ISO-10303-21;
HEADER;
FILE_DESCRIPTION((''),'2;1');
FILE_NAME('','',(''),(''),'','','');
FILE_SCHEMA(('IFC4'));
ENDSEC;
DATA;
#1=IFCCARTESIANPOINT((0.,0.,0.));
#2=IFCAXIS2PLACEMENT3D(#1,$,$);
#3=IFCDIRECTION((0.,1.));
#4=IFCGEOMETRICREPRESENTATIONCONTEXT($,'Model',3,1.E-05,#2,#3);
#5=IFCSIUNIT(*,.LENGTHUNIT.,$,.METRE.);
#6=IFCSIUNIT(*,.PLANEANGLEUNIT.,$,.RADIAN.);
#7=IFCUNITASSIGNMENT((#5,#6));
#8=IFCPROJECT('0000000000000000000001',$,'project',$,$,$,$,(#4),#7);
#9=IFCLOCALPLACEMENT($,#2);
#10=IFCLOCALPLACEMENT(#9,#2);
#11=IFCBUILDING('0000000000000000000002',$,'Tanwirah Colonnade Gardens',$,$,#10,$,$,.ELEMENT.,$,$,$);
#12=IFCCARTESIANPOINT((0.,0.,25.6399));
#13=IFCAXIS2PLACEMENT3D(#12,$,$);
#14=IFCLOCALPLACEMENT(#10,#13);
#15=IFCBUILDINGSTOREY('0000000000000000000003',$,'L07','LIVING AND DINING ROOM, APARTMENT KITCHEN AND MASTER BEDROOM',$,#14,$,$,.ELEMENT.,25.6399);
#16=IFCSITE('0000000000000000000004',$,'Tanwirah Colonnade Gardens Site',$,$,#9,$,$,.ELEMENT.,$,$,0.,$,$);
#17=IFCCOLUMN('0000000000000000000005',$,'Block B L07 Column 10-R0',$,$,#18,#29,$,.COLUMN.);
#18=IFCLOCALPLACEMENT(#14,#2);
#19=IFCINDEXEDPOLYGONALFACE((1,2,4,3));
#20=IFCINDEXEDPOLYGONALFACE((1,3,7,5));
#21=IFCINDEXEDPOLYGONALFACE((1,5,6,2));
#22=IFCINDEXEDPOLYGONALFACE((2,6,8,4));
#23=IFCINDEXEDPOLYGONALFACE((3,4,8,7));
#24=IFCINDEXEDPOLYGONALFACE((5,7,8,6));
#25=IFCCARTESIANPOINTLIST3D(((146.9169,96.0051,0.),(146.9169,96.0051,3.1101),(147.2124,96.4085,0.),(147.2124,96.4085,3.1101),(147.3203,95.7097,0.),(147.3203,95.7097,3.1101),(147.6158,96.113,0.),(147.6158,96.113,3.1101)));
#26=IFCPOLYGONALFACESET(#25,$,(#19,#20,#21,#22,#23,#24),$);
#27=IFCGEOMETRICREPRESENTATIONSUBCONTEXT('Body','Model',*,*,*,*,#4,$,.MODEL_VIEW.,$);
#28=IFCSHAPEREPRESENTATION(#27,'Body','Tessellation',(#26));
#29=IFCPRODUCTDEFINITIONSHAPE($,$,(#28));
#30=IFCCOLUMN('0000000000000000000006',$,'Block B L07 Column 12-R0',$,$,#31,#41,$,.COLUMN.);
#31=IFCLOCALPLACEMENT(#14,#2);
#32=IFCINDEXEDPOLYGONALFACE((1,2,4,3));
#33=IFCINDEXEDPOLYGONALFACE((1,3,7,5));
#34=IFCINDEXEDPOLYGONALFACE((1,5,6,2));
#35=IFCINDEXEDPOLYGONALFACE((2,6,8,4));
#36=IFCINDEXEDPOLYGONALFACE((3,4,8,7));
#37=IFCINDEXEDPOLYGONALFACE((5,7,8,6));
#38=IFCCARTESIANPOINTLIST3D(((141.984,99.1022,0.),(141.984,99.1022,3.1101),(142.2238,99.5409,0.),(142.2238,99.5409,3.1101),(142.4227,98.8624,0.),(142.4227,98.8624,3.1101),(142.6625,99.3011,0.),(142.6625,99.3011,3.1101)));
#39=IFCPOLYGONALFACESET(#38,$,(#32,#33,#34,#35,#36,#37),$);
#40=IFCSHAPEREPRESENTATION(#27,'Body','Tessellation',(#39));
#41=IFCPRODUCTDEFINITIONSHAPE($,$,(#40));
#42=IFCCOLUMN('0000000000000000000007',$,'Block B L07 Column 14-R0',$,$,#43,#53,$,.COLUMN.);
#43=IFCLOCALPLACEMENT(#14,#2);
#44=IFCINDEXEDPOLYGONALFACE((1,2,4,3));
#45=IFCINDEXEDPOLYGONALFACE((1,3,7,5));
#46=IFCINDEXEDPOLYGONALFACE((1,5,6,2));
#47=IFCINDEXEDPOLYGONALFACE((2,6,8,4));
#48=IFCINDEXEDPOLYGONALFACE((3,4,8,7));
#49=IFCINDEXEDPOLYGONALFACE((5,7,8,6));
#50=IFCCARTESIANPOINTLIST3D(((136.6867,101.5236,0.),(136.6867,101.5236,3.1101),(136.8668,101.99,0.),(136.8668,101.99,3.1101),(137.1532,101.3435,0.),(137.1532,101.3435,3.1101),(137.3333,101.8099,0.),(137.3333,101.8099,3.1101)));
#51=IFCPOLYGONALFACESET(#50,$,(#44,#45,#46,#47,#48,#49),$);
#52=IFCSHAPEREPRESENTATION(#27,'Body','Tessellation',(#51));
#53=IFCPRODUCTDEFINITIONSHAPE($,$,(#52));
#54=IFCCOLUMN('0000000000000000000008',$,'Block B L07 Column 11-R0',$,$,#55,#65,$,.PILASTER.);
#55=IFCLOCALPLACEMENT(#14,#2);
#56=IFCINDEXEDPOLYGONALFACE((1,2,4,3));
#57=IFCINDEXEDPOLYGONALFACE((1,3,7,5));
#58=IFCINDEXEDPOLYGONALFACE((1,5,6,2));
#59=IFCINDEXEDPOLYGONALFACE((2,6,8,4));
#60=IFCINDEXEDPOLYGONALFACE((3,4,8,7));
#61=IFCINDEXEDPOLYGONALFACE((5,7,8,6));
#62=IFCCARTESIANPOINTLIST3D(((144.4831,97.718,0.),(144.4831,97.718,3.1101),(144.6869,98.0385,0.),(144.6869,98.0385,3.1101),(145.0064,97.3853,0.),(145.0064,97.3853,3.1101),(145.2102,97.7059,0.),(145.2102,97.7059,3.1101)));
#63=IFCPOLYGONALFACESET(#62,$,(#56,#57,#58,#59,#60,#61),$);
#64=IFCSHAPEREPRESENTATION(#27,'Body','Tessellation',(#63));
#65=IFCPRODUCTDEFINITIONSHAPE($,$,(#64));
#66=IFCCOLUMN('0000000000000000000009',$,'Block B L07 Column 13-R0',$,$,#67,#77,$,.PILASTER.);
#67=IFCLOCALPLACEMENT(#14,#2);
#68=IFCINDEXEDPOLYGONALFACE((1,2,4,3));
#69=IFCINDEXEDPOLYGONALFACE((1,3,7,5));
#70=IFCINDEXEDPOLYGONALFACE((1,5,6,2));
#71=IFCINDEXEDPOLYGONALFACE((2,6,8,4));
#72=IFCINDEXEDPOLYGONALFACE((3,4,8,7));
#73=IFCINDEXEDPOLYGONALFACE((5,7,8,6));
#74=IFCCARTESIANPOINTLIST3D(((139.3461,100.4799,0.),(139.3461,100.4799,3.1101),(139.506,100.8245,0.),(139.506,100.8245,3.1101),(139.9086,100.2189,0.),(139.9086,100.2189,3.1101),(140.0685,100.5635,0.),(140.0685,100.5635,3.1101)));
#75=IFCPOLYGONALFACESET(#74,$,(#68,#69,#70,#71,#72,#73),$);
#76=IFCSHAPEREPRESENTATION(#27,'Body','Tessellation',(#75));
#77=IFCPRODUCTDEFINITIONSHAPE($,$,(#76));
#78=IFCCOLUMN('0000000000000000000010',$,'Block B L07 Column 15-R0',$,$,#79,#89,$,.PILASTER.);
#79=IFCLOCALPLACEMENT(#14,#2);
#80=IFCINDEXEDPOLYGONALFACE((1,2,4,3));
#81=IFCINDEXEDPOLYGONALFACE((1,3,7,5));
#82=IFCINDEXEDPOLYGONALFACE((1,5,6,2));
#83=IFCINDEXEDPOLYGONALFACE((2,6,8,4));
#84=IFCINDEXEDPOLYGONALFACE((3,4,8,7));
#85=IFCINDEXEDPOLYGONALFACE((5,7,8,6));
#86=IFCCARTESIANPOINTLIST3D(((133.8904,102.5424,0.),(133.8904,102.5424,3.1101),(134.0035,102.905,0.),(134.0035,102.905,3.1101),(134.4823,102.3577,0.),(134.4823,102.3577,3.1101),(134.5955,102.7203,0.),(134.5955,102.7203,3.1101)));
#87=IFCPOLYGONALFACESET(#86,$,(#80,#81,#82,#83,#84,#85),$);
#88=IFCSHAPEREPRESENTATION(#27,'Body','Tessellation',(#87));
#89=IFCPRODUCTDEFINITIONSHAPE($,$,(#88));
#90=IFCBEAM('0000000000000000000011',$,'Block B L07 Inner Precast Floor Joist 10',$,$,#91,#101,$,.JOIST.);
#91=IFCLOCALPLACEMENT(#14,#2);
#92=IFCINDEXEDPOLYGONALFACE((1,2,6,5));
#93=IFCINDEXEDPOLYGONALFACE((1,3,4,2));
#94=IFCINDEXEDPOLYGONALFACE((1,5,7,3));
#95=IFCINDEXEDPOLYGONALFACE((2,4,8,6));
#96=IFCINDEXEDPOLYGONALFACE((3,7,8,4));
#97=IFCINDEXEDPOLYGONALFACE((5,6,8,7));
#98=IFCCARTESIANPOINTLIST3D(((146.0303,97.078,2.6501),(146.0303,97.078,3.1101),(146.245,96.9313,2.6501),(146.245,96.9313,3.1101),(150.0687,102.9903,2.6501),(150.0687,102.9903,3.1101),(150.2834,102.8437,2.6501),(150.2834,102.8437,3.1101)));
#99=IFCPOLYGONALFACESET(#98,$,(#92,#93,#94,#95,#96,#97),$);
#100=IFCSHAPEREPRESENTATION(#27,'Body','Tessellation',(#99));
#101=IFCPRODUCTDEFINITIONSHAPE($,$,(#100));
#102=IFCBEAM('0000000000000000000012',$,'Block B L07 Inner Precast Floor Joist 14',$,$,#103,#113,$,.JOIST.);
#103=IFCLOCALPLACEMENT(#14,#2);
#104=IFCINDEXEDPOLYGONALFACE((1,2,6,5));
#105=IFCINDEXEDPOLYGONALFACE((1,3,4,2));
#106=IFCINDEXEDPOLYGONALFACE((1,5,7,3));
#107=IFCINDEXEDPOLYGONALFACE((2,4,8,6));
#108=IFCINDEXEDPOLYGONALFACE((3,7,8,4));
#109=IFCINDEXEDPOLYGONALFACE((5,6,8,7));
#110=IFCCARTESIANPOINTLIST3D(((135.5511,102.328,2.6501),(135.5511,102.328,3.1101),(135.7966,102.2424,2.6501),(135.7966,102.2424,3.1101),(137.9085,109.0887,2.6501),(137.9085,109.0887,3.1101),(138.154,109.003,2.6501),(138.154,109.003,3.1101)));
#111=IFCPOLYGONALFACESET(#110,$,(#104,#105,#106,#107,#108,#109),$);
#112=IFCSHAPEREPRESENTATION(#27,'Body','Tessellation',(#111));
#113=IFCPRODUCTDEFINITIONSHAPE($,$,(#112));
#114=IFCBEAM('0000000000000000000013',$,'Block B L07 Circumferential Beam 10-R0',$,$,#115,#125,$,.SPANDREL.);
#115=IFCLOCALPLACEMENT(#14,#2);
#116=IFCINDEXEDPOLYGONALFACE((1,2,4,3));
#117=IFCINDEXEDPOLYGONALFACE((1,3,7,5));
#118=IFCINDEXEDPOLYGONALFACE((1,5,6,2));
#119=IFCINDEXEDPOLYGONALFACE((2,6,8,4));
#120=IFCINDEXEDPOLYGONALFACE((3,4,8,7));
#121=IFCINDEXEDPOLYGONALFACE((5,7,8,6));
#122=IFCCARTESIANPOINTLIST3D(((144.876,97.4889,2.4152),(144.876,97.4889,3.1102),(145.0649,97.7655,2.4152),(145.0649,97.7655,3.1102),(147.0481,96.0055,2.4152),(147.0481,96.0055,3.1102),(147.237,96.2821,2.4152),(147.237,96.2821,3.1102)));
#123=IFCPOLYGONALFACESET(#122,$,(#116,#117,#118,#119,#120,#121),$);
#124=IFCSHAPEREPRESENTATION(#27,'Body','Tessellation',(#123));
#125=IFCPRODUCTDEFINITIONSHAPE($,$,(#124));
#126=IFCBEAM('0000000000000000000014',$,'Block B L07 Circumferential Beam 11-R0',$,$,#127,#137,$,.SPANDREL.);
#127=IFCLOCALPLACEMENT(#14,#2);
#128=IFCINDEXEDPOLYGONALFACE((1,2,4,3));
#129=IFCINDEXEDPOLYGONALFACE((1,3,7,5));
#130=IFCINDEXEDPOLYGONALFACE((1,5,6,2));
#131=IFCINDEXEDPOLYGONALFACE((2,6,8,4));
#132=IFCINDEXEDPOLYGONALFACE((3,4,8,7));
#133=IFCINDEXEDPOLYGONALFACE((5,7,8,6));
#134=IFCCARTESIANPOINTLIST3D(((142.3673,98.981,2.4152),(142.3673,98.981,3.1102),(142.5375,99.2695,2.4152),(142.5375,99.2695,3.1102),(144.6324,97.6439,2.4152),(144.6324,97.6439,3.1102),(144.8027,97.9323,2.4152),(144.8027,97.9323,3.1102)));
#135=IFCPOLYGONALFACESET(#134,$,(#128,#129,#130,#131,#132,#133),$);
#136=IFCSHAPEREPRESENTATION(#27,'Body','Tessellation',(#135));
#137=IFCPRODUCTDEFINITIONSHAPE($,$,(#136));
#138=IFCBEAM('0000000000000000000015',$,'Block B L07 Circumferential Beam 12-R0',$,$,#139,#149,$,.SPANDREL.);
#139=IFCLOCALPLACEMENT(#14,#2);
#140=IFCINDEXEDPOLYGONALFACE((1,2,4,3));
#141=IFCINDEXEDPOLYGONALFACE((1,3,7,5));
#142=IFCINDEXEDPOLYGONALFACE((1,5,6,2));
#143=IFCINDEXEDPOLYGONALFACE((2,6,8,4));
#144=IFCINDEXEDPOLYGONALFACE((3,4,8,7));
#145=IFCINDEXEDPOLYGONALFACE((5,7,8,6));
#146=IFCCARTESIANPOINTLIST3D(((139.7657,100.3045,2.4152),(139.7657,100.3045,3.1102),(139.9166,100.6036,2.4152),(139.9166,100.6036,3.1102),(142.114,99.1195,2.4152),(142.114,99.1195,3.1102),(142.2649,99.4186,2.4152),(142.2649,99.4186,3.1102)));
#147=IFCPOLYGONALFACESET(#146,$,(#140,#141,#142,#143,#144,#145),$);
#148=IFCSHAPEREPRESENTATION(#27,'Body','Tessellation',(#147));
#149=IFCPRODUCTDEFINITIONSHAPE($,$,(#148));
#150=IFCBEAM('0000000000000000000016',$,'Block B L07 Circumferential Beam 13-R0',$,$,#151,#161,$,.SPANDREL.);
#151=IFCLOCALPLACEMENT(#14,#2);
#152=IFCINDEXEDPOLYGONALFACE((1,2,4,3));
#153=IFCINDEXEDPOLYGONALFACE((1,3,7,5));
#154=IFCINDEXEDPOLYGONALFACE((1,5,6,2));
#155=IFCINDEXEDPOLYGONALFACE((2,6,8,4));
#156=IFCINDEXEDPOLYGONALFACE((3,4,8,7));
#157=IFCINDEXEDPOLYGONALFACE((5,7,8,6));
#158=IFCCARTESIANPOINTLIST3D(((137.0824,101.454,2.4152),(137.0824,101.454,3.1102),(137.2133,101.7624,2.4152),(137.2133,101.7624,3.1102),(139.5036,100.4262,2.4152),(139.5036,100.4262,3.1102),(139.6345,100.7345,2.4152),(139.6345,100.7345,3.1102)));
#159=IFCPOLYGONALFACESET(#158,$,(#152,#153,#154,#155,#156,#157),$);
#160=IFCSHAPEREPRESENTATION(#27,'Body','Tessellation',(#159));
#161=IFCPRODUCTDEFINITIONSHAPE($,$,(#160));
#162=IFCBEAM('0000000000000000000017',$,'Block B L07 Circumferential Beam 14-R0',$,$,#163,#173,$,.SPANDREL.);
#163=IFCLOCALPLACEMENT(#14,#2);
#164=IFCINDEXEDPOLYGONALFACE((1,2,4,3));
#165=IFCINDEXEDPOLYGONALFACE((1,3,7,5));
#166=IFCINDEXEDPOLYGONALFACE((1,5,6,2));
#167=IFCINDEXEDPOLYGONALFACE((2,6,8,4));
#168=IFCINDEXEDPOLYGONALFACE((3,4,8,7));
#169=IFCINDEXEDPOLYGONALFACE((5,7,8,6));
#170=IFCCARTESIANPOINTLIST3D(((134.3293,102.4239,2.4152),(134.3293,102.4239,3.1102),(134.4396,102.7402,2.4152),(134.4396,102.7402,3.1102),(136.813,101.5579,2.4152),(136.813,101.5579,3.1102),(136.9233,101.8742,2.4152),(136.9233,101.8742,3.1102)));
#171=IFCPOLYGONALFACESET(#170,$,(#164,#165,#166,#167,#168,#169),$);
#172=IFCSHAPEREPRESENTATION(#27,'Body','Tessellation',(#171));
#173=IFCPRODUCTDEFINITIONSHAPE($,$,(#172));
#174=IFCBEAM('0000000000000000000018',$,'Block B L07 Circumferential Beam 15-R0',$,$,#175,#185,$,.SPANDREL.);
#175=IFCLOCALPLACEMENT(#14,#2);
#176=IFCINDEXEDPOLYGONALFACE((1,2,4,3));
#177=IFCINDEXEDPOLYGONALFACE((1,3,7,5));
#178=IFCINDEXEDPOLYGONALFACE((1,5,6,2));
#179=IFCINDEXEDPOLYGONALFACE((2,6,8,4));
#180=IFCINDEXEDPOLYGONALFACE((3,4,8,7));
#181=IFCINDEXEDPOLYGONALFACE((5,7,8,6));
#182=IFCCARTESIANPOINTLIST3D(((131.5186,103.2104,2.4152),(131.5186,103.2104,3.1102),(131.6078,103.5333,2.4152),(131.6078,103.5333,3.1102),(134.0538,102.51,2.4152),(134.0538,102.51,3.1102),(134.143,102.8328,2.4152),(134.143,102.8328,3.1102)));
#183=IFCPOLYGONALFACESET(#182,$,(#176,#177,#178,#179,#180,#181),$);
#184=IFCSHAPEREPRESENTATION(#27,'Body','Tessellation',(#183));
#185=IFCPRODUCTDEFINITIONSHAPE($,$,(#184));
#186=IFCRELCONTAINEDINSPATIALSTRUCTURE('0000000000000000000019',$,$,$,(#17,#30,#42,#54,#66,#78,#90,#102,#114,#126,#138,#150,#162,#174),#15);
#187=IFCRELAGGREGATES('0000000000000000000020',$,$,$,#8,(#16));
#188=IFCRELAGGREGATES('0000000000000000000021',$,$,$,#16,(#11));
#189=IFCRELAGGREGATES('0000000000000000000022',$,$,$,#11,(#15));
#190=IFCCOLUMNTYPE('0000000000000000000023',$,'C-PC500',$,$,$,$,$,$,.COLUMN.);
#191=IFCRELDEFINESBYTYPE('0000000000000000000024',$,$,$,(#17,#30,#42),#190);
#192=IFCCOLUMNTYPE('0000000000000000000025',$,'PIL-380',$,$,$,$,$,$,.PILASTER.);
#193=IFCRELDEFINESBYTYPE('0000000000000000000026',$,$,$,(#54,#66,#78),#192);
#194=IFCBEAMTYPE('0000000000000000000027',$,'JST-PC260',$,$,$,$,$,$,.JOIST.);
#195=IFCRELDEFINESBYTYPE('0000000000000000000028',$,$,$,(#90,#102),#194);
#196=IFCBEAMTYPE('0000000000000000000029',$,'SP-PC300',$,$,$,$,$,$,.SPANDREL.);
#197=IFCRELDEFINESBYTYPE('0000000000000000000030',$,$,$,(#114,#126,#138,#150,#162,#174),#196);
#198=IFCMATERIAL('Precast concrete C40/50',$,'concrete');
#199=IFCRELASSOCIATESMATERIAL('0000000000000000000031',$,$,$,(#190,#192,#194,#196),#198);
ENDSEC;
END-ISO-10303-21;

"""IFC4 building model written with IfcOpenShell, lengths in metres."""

from ifc_helpers import new_model, si_unit, direction, frame, origin, origin_2d, place, context, subcontext, project, spatial, rectangle, extrude, material, material_profile, profile_set, type_object, element, save


model = new_model("IFC4")

# Units and contexts
model_context = context("Model", 3, precision=1e-05, world=origin(), true_north=direction((0.0, 1.0)))
body_context = subcontext(model_context, "Body", "Model", "MODEL_VIEW")
ifc_project = project(units=[si_unit("LENGTHUNIT", "METRE"), si_unit("PLANEANGLEUNIT", "RADIAN")], contexts=[model_context])

# Site, building, storey
site_placement = place(None, origin())
site = spatial("IfcSite", under=ifc_project, at=site_placement, Name="Tanwirah Colonnade Gardens Site", CompositionType="ELEMENT", RefElevation=0.0)
building_placement = place(site_placement, origin())
building = spatial("IfcBuilding", under=site, at=building_placement, Name="Tanwirah Colonnade Gardens", CompositionType="ELEMENT")
storey_placement = place(building_placement, frame((0.0, 0.0, 25.6399)))
storey = spatial("IfcBuildingStorey", under=building, at=storey_placement, Name="L07", Description="LIVING AND DINING ROOM, APARTMENT KITCHEN AND MASTER BEDROOM", CompositionType="ELEMENT", Elevation=25.6399)

# Columns
ifc_material_1 = material(Name="Precast concrete C40/50", Category="concrete")
ifc_material_profile_1 = material_profile(ifc_material_1, rectangle(XDim=0.5, YDim=0.5, at=origin_2d()), Name="PC-COL 500x500")
ifc_profile_set_1 = profile_set([ifc_material_profile_1], Name="Precast concrete C40/50")
column_type_1 = type_object("IfcColumnType", Name="C-PC500", PredefinedType="COLUMN", material=ifc_profile_set_1)
for number, where, z_axis, x_axis, name in (
    (1, (147.2664, 96.0591, 0.0), (0.0, 0.0, 1.0), (0.590919, 0.806731, 0.0), "Block B L07 Column 10-R0"),
    (2, (142.3232, 99.2017, 0.0), (0.0, 0.0, 1.0), (0.479713, 0.877425, 0.0), "Block B L07 Column 12-R0"),
    (3, (137.01, 101.6667, 0.0), (0.0, 0.0, 1.0), (0.360178, 0.932884, 0.0), "Block B L07 Column 14-R0"),
):
    element("IfcColumn", number, at=place(storey_placement, frame(where, z_axis=z_axis, x_axis=x_axis)), inside=storey, type_object=column_type_1, Name=name, PredefinedType="COLUMN", context=body_context, shape_type="SweptSolid", body=[
        extrude(rectangle(XDim=0.5, YDim=0.5, at=origin_2d()), origin(), (0.0, 0.0, 1.0), 3.1101),
    ])
ifc_material_profile_2 = material_profile(ifc_material_1, rectangle(XDim=0.3799, YDim=0.6201, at=origin_2d()), Name="PC-PIL 380x620")
ifc_profile_set_2 = profile_set([ifc_material_profile_2], Name="Precast concrete C40/50")
column_type_2 = type_object("IfcColumnType", Name="PIL-380", PredefinedType="PILASTER", material=ifc_profile_set_2)
for number, where, z_axis, x_axis, name in (
    (4, (144.8467, 97.7119, 0.0), (0.0, 0.0, 1.0), (0.536482, 0.843912, 0.0), "Block B L07 Column 11-R0"),
    (5, (139.7073, 100.5217, 0.0), (0.0, 0.0, 1.0), (0.42086, 0.907126, 0.0), "Block B L07 Column 13-R0"),
    (6, (134.2429, 102.6313, 0.0), (0.0, 0.0, 1.0), (0.29793, 0.954588, 0.0), "Block B L07 Column 15-R0"),
):
    element("IfcColumn", number, at=place(storey_placement, frame(where, z_axis=z_axis, x_axis=x_axis)), inside=storey, type_object=column_type_2, Name=name, PredefinedType="PILASTER", context=body_context, shape_type="SweptSolid", body=[
        extrude(rectangle(XDim=0.3799, YDim=0.6201, at=origin_2d()), origin(), (0.0, 0.0, 1.0), 3.1101),
    ])

# Beams
ifc_material_profile_3 = material_profile(ifc_material_1, rectangle(XDim=0.26, YDim=0.46, at=origin_2d()), Name="PC-JST 260x460")
ifc_profile_set_3 = profile_set([ifc_material_profile_3], Name="Precast concrete C40/50")
beam_type_1 = type_object("IfcBeamType", Name="JST-PC260", PredefinedType="JOIST", material=ifc_profile_set_3)
for number, where, z_axis, x_axis, name in (
    (7, (146.1377, 97.0046, 2.8801), (0.564021, 0.82576, 0.0), (-0.82576, 0.564021, 0.0), "Block B L07 Inner Precast Floor Joist 10"),
    (8, (135.6738, 102.2852, 2.8801), (0.329251, 0.944243, 0.0), (-0.944243, 0.329251, 0.0), "Block B L07 Inner Precast Floor Joist 14"),
):
    element("IfcBeam", number, at=place(storey_placement, frame(where, z_axis=z_axis, x_axis=x_axis)), inside=storey, type_object=beam_type_1, Name=name, PredefinedType="JOIST", context=body_context, shape_type="SweptSolid", body=[
        extrude(rectangle(XDim=0.26, YDim=0.46, at=origin_2d()), origin(), (0.0, 0.0, 1.0), 7.1599),
    ])
ifc_material_profile_4 = material_profile(ifc_material_1, rectangle(XDim=0.335, YDim=0.6951, at=origin_2d()), Name="PC-SP 335x695")
ifc_profile_set_4 = profile_set([ifc_material_profile_4], Name="Precast concrete C40/50")
beam_type_2 = type_object("IfcBeamType", Name="SP-PC300", PredefinedType="SPANDREL", material=ifc_profile_set_4)
for number, where, z_axis, x_axis, name in (
    (9, (147.1426, 96.1438, 2.7627), (-0.825801, 0.563962, 0.0), (-0.563962, -0.825801, 0.0), "Block B L07 Circumferential Beam 10-R0"),
    (10, (144.7175, 97.7881, 2.7627), (-0.861148, 0.508354, 0.0), (-0.508354, -0.861148, 0.0), "Block B L07 Circumferential Beam 11-R0"),
    (11, (142.1895, 99.269, 2.7627), (-0.892769, 0.450515, 0.0), (-0.450515, -0.892769, 0.0), "Block B L07 Circumferential Beam 12-R0"),
    (12, (139.5691, 100.5803, 2.7627), (-0.920489, 0.390769, 0.0), (-0.390769, -0.920489, 0.0), "Block B L07 Circumferential Beam 13-R0"),
    (13, (136.8682, 101.7161, 2.7627), (-0.94425, 0.32923, 0.0), (-0.32923, -0.94425, 0.0), "Block B L07 Circumferential Beam 14-R0"),
):
    element("IfcBeam", number, at=place(storey_placement, frame(where, z_axis=z_axis, x_axis=x_axis)), inside=storey, type_object=beam_type_2, Name=name, PredefinedType="SPANDREL", context=body_context, shape_type="SweptSolid", body=[
        extrude(rectangle(XDim=0.335, YDim=0.6951, at=origin_2d()), origin(), (0.0, 0.0, 1.0), 2.6304),
    ])
beam_placement = place(storey_placement, frame((134.0984, 102.6714, 2.7627), z_axis=(-0.963887, 0.266313, 0.0), x_axis=(-0.266313, -0.963887, 0.0)))
element("IfcBeam", 14, at=beam_placement, inside=storey, type_object=beam_type_2, Name="Block B L07 Circumferential Beam 15-R0", PredefinedType="SPANDREL", context=body_context, shape_type="SweptSolid", body=[
    extrude(rectangle(XDim=0.335, YDim=0.6951, at=origin_2d()), origin(), (0.0, 0.0, 1.0), 2.6301),
])

save(model, "model.ifc")
